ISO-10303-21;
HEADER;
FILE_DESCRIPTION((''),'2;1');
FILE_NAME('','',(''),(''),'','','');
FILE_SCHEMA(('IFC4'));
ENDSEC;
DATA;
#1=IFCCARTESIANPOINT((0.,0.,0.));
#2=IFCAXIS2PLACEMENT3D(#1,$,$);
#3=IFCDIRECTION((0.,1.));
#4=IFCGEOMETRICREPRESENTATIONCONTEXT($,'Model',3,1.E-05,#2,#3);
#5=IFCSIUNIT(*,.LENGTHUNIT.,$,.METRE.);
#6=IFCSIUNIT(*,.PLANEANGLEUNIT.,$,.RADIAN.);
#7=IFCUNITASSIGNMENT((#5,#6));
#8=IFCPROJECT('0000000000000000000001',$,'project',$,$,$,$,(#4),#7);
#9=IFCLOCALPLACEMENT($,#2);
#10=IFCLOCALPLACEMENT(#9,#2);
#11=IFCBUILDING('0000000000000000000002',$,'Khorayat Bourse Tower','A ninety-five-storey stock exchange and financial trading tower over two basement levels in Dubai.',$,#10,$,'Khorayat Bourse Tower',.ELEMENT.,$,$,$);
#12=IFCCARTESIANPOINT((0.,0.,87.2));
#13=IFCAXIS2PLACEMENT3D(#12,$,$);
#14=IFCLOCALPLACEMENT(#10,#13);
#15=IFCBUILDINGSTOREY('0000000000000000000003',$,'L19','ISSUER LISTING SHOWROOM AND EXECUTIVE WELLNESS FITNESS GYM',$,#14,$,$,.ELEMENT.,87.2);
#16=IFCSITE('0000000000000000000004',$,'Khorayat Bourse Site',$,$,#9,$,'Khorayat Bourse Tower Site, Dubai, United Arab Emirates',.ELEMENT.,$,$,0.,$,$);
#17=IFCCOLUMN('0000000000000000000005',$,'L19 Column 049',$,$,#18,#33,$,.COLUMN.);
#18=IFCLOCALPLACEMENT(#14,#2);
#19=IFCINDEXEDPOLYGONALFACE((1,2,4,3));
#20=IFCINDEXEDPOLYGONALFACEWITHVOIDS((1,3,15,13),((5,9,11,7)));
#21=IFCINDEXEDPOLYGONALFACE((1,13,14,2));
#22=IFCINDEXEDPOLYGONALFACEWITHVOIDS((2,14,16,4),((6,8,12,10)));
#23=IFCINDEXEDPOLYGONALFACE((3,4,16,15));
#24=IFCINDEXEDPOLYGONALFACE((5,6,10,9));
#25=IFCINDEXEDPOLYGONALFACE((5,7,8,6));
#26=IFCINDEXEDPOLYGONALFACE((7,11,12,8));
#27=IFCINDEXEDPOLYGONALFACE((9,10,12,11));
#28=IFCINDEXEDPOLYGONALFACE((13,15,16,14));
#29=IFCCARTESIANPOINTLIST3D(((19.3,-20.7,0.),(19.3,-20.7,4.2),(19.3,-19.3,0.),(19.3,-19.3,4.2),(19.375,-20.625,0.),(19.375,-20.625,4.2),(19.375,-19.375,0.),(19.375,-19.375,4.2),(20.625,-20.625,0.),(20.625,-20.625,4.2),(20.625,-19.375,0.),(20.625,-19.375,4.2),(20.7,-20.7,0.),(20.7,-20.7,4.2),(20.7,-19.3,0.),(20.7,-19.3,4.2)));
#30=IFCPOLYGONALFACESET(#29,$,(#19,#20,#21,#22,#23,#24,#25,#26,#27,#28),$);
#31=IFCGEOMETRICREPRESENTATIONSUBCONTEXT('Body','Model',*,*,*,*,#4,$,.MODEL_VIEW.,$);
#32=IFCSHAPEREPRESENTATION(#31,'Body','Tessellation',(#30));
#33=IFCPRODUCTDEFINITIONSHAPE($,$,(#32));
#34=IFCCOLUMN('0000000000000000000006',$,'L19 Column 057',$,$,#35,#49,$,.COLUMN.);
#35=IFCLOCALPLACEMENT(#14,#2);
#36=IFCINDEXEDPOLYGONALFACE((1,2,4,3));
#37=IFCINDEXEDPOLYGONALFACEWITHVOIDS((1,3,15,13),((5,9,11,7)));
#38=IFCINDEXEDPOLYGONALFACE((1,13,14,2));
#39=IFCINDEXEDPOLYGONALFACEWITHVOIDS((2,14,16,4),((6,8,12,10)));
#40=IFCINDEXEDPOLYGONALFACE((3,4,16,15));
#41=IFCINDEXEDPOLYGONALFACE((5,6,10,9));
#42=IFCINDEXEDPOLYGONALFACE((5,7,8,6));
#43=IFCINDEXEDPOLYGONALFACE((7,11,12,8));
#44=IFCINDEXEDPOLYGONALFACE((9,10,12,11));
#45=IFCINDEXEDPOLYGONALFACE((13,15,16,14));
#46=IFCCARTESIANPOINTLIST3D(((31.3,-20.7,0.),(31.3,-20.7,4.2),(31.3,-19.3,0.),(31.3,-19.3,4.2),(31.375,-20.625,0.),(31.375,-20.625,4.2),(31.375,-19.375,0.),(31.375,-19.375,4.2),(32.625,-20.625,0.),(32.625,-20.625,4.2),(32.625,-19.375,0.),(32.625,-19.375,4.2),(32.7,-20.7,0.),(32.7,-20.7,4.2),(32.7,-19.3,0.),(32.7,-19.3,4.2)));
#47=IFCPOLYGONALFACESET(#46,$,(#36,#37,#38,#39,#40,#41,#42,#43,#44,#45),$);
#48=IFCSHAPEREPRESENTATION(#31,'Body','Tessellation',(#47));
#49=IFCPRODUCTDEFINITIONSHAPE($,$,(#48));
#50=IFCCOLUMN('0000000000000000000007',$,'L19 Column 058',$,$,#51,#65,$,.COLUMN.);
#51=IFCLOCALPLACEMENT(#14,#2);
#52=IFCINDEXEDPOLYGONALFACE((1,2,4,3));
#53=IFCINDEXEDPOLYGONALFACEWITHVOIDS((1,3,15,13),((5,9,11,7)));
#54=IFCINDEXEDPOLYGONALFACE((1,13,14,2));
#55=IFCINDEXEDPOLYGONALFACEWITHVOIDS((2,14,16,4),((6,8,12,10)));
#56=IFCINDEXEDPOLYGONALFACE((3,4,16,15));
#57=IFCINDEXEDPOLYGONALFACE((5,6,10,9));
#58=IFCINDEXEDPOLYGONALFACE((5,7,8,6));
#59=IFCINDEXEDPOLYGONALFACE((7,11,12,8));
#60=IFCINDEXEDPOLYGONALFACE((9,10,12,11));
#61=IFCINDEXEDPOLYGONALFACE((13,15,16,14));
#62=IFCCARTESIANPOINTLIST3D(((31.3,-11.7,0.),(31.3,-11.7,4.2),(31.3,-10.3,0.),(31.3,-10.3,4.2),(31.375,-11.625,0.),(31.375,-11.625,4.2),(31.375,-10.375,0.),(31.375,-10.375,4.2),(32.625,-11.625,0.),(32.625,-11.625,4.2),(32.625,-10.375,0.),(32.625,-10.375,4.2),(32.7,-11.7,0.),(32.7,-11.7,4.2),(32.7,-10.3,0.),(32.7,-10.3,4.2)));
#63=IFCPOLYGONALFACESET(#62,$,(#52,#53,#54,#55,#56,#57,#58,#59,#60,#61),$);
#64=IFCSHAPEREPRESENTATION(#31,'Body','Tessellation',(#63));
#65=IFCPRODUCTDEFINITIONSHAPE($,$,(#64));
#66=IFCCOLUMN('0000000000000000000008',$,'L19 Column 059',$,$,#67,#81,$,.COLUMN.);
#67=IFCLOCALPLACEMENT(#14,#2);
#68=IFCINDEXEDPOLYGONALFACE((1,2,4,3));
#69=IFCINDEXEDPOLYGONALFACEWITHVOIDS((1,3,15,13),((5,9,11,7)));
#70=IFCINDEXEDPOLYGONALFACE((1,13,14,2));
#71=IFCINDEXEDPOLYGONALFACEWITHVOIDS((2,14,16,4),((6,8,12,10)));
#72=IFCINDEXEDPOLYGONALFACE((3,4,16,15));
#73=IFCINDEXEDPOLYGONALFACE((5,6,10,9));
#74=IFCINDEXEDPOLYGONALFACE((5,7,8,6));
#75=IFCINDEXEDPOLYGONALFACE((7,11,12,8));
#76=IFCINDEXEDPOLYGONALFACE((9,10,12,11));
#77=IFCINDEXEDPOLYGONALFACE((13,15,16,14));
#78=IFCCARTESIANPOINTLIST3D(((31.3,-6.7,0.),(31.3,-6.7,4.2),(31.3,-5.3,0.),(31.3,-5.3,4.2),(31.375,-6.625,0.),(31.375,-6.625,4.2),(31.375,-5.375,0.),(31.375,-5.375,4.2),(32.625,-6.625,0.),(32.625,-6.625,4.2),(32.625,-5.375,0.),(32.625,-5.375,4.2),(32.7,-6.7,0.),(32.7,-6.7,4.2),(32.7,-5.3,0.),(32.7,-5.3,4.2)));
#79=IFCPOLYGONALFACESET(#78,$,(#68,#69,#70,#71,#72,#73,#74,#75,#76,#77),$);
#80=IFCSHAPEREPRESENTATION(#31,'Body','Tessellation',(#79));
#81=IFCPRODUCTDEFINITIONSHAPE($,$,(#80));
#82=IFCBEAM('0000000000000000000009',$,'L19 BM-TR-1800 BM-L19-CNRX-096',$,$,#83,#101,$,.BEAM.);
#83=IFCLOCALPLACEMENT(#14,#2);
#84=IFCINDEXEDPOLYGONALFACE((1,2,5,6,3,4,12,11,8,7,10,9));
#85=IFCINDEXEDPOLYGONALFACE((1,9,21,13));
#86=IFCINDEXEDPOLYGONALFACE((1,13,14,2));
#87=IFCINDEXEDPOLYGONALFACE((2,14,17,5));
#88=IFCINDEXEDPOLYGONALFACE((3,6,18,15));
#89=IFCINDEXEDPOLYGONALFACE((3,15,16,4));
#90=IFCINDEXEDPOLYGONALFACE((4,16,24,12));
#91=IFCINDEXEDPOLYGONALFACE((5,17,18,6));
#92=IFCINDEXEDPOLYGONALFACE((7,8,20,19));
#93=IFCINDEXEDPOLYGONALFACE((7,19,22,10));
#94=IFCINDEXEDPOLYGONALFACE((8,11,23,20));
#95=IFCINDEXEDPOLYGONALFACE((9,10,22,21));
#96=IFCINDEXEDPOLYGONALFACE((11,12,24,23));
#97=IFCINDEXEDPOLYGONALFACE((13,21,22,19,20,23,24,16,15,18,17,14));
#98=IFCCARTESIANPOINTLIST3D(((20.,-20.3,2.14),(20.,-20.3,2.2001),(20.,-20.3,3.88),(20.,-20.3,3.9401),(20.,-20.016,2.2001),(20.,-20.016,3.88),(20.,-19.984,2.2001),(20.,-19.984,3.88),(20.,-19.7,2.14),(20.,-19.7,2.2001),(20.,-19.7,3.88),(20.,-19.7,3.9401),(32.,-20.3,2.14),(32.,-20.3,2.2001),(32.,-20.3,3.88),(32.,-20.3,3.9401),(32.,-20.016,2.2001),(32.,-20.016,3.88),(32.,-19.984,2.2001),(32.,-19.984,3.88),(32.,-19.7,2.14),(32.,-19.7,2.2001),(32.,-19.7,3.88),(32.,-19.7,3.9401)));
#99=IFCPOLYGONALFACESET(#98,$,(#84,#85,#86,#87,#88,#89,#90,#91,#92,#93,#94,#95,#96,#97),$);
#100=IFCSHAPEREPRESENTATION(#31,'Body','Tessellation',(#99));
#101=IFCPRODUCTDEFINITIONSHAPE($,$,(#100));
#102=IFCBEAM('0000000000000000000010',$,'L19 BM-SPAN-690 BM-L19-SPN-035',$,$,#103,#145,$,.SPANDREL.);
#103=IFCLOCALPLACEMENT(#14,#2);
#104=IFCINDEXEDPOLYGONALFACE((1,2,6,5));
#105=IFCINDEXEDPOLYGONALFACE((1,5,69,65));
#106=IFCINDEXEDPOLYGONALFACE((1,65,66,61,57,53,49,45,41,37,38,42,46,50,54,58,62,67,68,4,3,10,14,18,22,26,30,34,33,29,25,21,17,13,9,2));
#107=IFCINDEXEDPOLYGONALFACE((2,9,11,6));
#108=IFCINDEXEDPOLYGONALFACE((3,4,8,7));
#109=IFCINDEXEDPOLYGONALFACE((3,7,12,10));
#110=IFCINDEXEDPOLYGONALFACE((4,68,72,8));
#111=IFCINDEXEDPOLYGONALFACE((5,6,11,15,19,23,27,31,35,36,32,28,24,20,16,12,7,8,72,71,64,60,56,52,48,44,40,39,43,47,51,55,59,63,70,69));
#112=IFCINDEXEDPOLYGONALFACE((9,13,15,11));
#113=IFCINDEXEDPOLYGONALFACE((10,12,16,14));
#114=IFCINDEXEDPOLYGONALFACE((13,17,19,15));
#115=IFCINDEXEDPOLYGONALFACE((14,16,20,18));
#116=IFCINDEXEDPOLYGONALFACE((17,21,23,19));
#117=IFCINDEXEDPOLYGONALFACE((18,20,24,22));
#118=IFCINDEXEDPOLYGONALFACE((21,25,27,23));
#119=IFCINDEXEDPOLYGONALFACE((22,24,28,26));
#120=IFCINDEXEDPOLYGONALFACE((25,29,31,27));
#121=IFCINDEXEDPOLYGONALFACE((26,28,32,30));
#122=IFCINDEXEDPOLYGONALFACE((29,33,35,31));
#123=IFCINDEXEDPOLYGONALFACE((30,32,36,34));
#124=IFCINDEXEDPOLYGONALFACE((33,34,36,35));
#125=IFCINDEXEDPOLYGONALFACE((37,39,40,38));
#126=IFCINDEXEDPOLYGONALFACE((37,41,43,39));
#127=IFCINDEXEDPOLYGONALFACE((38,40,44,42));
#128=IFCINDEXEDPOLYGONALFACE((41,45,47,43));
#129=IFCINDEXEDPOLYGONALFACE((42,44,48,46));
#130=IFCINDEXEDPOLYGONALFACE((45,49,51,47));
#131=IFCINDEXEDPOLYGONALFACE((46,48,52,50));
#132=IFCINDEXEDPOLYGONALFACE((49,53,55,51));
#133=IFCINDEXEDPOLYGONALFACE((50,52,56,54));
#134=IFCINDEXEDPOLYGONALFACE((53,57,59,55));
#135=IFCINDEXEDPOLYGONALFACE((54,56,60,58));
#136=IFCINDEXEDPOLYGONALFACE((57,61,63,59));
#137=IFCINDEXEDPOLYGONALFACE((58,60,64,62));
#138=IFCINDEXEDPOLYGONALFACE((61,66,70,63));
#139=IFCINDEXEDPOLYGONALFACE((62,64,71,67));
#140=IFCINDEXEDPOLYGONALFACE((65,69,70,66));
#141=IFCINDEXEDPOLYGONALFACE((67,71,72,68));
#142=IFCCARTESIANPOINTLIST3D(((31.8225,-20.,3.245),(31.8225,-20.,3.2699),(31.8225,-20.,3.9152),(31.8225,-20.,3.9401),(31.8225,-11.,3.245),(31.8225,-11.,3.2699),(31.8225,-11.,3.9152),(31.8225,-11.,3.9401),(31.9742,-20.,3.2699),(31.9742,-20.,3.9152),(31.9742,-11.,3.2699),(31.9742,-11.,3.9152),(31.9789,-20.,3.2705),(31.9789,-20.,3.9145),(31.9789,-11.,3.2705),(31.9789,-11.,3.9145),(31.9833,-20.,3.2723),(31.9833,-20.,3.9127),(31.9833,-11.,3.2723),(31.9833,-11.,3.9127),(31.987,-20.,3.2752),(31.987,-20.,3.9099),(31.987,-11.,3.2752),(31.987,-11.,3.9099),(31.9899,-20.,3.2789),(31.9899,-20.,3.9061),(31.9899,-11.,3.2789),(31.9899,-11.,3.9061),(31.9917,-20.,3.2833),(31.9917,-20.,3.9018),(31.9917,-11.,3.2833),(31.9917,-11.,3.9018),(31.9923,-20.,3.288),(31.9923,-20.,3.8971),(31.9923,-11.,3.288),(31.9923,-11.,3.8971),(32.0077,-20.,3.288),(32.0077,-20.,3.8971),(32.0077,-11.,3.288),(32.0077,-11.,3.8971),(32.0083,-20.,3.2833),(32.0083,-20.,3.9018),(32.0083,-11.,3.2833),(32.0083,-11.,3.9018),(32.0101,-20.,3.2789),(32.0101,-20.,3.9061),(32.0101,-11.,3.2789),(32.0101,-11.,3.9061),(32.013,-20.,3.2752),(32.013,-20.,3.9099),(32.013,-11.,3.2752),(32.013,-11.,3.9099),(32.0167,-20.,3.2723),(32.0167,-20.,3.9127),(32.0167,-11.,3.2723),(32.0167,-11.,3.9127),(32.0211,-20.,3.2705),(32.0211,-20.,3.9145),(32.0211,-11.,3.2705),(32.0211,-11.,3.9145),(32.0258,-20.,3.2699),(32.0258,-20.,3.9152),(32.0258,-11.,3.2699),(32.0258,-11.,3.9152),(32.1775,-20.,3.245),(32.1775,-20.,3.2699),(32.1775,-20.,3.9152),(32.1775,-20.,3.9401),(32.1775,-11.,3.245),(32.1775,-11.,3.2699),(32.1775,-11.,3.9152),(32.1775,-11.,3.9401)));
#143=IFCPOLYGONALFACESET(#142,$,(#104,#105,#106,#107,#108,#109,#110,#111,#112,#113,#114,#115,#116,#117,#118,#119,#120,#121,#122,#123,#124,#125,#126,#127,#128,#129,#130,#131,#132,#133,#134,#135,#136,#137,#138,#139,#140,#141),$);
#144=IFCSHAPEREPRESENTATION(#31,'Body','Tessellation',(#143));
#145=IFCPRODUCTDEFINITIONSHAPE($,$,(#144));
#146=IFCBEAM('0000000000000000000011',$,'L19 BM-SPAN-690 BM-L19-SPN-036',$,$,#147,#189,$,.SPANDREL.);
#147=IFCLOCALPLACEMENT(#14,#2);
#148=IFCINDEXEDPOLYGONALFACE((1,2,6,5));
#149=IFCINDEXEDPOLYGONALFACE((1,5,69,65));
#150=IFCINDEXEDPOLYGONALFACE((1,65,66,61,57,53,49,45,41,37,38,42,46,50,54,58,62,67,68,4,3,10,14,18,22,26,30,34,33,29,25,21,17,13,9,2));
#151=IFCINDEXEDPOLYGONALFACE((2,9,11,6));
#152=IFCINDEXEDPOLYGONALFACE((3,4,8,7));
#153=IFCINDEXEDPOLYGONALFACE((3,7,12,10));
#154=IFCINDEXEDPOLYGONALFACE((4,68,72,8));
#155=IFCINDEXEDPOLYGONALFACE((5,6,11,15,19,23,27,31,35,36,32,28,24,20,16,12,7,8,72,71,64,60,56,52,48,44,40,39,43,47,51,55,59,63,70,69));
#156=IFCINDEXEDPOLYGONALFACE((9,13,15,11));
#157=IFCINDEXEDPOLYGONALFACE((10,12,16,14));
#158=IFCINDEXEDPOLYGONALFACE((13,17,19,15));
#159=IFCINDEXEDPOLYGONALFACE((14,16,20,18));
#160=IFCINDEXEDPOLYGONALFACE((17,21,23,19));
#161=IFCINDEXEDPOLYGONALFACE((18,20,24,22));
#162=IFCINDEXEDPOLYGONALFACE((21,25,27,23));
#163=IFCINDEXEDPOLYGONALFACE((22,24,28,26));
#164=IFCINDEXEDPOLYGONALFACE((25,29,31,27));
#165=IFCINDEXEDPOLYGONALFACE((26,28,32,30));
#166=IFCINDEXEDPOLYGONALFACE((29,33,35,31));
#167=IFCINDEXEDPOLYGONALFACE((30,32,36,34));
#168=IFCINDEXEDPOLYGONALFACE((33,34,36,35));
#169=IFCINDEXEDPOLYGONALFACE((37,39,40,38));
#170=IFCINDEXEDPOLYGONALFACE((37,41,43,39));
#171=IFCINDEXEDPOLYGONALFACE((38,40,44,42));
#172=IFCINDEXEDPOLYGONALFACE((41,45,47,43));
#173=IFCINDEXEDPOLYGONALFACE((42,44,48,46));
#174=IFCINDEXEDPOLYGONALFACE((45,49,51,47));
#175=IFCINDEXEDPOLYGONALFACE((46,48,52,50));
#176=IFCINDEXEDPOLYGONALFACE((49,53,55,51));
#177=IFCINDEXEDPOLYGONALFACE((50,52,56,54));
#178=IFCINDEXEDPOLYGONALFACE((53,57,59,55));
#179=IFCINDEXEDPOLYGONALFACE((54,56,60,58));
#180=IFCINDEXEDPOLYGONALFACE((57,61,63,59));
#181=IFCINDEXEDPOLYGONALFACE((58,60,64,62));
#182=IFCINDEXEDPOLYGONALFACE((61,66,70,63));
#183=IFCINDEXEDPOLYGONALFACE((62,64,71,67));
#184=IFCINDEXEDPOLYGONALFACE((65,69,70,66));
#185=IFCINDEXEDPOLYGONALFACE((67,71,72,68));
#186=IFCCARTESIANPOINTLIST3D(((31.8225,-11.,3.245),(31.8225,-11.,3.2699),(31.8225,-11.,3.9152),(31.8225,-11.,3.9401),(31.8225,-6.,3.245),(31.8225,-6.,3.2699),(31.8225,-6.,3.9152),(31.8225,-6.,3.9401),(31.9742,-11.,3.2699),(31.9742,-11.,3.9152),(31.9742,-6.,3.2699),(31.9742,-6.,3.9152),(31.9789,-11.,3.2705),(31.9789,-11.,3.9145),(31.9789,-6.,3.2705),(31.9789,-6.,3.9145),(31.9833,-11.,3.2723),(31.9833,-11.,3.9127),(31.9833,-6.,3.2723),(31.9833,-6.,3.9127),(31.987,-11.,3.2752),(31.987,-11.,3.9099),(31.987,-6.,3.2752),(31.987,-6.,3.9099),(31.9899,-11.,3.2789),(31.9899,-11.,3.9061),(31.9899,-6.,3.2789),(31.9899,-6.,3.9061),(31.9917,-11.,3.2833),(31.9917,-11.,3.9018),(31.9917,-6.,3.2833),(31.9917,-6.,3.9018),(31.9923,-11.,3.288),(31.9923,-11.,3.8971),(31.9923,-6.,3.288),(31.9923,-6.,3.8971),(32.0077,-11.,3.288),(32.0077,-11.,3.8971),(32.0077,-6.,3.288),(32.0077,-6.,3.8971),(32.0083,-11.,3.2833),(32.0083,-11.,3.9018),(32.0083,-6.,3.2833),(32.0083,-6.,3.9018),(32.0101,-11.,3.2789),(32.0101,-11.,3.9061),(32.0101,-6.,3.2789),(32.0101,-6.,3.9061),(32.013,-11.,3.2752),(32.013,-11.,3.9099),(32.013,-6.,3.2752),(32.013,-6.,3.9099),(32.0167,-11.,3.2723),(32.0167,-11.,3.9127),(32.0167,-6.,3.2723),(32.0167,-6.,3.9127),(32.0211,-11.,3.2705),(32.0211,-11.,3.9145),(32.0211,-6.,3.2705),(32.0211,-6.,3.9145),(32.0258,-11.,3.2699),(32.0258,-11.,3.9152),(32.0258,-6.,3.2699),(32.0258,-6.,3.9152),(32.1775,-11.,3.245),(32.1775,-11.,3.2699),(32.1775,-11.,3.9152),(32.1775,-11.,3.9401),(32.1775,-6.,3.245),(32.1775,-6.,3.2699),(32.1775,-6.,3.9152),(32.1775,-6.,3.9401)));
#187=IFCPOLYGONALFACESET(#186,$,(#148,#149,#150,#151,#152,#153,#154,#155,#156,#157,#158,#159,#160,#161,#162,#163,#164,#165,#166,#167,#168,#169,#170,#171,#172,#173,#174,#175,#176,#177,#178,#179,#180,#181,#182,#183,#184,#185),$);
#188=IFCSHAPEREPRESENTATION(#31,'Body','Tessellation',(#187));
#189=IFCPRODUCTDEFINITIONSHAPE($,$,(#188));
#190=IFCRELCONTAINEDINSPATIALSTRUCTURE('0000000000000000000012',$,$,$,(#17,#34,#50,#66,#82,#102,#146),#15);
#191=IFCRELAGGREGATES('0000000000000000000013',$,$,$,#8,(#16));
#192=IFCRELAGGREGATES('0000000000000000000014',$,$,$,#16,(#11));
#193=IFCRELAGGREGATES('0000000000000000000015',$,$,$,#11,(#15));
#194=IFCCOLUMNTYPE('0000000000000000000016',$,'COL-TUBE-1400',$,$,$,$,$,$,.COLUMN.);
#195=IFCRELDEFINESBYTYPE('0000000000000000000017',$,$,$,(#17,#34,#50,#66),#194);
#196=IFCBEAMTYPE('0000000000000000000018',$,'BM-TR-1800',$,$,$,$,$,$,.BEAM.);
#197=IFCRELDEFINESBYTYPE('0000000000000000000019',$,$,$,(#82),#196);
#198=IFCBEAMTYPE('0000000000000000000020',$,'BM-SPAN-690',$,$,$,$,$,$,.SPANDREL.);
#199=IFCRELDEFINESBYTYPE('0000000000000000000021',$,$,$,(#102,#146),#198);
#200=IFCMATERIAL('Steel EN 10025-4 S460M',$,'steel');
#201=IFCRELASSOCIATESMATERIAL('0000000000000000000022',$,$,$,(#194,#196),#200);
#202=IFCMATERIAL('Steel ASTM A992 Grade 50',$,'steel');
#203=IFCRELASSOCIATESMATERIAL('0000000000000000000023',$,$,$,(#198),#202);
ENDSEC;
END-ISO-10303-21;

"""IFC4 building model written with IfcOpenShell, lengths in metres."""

from ifc_helpers import new_model, si_unit, direction, frame, origin, origin_2d, place, context, subcontext, project, spatial, hollow_rectangle, i_section, extrude, source, transform, mapped, material, material_profile, profile_set, type_object, element, save


model = new_model("IFC4")

# Units and contexts
model_context = context("Model", 3, precision=1e-05, world=origin(), true_north=direction((0.0, 1.0)))
body_context = subcontext(model_context, "Body", "Model", "MODEL_VIEW")
ifc_project = project(units=[si_unit("LENGTHUNIT", "METRE"), si_unit("PLANEANGLEUNIT", "RADIAN")], contexts=[model_context])

# Site, building, storey
site_placement = place(None, origin())
site = spatial("IfcSite", under=ifc_project, at=site_placement, Name="Khorayat Bourse Site", LongName="Khorayat Bourse Tower Site, Dubai, United Arab Emirates", CompositionType="ELEMENT", RefElevation=0.0)
building_placement = place(site_placement, origin())
building = spatial("IfcBuilding", under=site, at=building_placement, Name="Khorayat Bourse Tower", Description="A ninety-five-storey stock exchange and financial trading tower over two basement levels in Dubai.", LongName="Khorayat Bourse Tower", CompositionType="ELEMENT")
storey_placement = place(building_placement, frame((0.0, 0.0, 87.2)))
storey = spatial("IfcBuildingStorey", under=building, at=storey_placement, Name="L19", Description="ISSUER LISTING SHOWROOM AND EXECUTIVE WELLNESS FITNESS GYM", CompositionType="ELEMENT", Elevation=87.2)

# Columns
ifc_material_1 = material(Name="Steel EN 10025-4 S460M", Category="steel")
ifc_material_profile_1 = material_profile(ifc_material_1, hollow_rectangle(XDim=1.3999, YDim=1.3999, WallThickness=0.075, at=origin_2d()), Name="BOX 1400x1400x75")
ifc_profile_set_1 = profile_set([ifc_material_profile_1], Name="Steel EN 10025-4 S460M")
column_type = type_object("IfcColumnType", Name="COL-TUBE-1400", PredefinedType="COLUMN", material=ifc_profile_set_1)
shared_shape_1 = source(origin(), body_context, "Body", "SweptSolid", [
    extrude(hollow_rectangle(XDim=1.3999, YDim=1.3999, WallThickness=0.075, at=origin_2d()), origin(), (0.0, 0.0, 1.0), 4.2),
])
for number, where, z_axis, x_axis, name in (
    (1, (20.0, -20.0, 0.0), (0.0, 0.0, 1.0), (1.0, 0.0, 0.0), "L19 Column 049"),
    (2, (32.0, -20.0, 0.0), (0.0, 0.0, 1.0), (1.0, 0.0, 0.0), "L19 Column 057"),
    (3, (32.0, -11.0, 0.0), (0.0, 0.0, 1.0), (1.0, 0.0, 0.0), "L19 Column 058"),
    (4, (32.0, -6.0, 0.0), (0.0, 0.0, 1.0), (1.0, 0.0, 0.0), "L19 Column 059"),
):
    element("IfcColumn", number, at=place(storey_placement, frame(where, z_axis=z_axis, x_axis=x_axis)), inside=storey, type_object=column_type, Name=name, PredefinedType="COLUMN", context=body_context, shape_type="MappedRepresentation", body=[
        mapped(shared_shape_1, transform((0.0, 0.0, 0.0), scale=1.0)),
    ])

# Beams
ifc_material_profile_2 = material_profile(ifc_material_1, i_section(OverallWidth=0.6001, OverallDepth=1.8, WebThickness=0.032, FlangeThickness=0.0601, at=origin_2d()), Name="PG 1800x600x32x60")
ifc_profile_set_2 = profile_set([ifc_material_profile_2], Name="Steel EN 10025-4 S460M")
beam_type_1 = type_object("IfcBeamType", Name="BM-TR-1800", PredefinedType="BEAM", material=ifc_profile_set_2)
shared_shape_2 = source(origin(), body_context, "Body", "SweptSolid", [
    extrude(i_section(OverallWidth=0.6001, OverallDepth=1.8, WebThickness=0.032, FlangeThickness=0.0601, at=origin_2d()), origin(), (0.0, 0.0, 1.0), 12.0),
])
beam_1_placement = place(storey_placement, frame((20.0, -20.0, 3.04), z_axis=(1.0, 0.0, 0.0), x_axis=(0.0, 1.0, 0.0)))
element("IfcBeam", 5, at=beam_1_placement, inside=storey, type_object=beam_type_1, Name="L19 BM-TR-1800 BM-L19-CNRX-096", PredefinedType="BEAM", context=body_context, shape_type="MappedRepresentation", body=[
    mapped(shared_shape_2, transform((0.0, 0.0, 0.0), scale=1.0)),
])
ifc_material_2 = material(Name="Steel ASTM A992 Grade 50", Category="steel")
ifc_material_profile_3 = material_profile(ifc_material_2, i_section(OverallWidth=0.355, OverallDepth=0.6951, WebThickness=0.0154, FlangeThickness=0.0249, FilletRadius=0.0181, at=origin_2d()), Name="W690X217")
ifc_profile_set_3 = profile_set([ifc_material_profile_3], Name="Steel ASTM A992 Grade 50")
beam_type_2 = type_object("IfcBeamType", Name="BM-SPAN-690", PredefinedType="SPANDREL", material=ifc_profile_set_3)
shared_shape_3 = source(origin(), body_context, "Body", "SweptSolid", [
    extrude(i_section(OverallWidth=0.355, OverallDepth=0.6951, WebThickness=0.0154, FlangeThickness=0.0249, FilletRadius=0.0181, at=origin_2d()), origin(), (0.0, 0.0, 1.0), 9.0),
])
beam_2_placement = place(storey_placement, frame((32.0, -20.0, 3.5925), z_axis=(0.0, 1.0, 0.0), x_axis=(-1.0, 0.0, 0.0)))
element("IfcBeam", 6, at=beam_2_placement, inside=storey, type_object=beam_type_2, Name="L19 BM-SPAN-690 BM-L19-SPN-035", PredefinedType="SPANDREL", context=body_context, shape_type="MappedRepresentation", body=[
    mapped(shared_shape_3, transform((0.0, 0.0, 0.0), scale=1.0)),
])
shared_shape_4 = source(origin(), body_context, "Body", "SweptSolid", [
    extrude(i_section(OverallWidth=0.355, OverallDepth=0.6951, WebThickness=0.0154, FlangeThickness=0.0249, FilletRadius=0.0181, at=origin_2d()), origin(), (0.0, 0.0, 1.0), 5.0),
])
beam_3_placement = place(storey_placement, frame((32.0, -11.0, 3.5925), z_axis=(0.0, 1.0, 0.0), x_axis=(-1.0, 0.0, 0.0)))
element("IfcBeam", 7, at=beam_3_placement, inside=storey, type_object=beam_type_2, Name="L19 BM-SPAN-690 BM-L19-SPN-036", PredefinedType="SPANDREL", context=body_context, shape_type="MappedRepresentation", body=[
    mapped(shared_shape_4, transform((0.0, 0.0, 0.0), scale=1.0)),
])

save(model, "model.ifc")
